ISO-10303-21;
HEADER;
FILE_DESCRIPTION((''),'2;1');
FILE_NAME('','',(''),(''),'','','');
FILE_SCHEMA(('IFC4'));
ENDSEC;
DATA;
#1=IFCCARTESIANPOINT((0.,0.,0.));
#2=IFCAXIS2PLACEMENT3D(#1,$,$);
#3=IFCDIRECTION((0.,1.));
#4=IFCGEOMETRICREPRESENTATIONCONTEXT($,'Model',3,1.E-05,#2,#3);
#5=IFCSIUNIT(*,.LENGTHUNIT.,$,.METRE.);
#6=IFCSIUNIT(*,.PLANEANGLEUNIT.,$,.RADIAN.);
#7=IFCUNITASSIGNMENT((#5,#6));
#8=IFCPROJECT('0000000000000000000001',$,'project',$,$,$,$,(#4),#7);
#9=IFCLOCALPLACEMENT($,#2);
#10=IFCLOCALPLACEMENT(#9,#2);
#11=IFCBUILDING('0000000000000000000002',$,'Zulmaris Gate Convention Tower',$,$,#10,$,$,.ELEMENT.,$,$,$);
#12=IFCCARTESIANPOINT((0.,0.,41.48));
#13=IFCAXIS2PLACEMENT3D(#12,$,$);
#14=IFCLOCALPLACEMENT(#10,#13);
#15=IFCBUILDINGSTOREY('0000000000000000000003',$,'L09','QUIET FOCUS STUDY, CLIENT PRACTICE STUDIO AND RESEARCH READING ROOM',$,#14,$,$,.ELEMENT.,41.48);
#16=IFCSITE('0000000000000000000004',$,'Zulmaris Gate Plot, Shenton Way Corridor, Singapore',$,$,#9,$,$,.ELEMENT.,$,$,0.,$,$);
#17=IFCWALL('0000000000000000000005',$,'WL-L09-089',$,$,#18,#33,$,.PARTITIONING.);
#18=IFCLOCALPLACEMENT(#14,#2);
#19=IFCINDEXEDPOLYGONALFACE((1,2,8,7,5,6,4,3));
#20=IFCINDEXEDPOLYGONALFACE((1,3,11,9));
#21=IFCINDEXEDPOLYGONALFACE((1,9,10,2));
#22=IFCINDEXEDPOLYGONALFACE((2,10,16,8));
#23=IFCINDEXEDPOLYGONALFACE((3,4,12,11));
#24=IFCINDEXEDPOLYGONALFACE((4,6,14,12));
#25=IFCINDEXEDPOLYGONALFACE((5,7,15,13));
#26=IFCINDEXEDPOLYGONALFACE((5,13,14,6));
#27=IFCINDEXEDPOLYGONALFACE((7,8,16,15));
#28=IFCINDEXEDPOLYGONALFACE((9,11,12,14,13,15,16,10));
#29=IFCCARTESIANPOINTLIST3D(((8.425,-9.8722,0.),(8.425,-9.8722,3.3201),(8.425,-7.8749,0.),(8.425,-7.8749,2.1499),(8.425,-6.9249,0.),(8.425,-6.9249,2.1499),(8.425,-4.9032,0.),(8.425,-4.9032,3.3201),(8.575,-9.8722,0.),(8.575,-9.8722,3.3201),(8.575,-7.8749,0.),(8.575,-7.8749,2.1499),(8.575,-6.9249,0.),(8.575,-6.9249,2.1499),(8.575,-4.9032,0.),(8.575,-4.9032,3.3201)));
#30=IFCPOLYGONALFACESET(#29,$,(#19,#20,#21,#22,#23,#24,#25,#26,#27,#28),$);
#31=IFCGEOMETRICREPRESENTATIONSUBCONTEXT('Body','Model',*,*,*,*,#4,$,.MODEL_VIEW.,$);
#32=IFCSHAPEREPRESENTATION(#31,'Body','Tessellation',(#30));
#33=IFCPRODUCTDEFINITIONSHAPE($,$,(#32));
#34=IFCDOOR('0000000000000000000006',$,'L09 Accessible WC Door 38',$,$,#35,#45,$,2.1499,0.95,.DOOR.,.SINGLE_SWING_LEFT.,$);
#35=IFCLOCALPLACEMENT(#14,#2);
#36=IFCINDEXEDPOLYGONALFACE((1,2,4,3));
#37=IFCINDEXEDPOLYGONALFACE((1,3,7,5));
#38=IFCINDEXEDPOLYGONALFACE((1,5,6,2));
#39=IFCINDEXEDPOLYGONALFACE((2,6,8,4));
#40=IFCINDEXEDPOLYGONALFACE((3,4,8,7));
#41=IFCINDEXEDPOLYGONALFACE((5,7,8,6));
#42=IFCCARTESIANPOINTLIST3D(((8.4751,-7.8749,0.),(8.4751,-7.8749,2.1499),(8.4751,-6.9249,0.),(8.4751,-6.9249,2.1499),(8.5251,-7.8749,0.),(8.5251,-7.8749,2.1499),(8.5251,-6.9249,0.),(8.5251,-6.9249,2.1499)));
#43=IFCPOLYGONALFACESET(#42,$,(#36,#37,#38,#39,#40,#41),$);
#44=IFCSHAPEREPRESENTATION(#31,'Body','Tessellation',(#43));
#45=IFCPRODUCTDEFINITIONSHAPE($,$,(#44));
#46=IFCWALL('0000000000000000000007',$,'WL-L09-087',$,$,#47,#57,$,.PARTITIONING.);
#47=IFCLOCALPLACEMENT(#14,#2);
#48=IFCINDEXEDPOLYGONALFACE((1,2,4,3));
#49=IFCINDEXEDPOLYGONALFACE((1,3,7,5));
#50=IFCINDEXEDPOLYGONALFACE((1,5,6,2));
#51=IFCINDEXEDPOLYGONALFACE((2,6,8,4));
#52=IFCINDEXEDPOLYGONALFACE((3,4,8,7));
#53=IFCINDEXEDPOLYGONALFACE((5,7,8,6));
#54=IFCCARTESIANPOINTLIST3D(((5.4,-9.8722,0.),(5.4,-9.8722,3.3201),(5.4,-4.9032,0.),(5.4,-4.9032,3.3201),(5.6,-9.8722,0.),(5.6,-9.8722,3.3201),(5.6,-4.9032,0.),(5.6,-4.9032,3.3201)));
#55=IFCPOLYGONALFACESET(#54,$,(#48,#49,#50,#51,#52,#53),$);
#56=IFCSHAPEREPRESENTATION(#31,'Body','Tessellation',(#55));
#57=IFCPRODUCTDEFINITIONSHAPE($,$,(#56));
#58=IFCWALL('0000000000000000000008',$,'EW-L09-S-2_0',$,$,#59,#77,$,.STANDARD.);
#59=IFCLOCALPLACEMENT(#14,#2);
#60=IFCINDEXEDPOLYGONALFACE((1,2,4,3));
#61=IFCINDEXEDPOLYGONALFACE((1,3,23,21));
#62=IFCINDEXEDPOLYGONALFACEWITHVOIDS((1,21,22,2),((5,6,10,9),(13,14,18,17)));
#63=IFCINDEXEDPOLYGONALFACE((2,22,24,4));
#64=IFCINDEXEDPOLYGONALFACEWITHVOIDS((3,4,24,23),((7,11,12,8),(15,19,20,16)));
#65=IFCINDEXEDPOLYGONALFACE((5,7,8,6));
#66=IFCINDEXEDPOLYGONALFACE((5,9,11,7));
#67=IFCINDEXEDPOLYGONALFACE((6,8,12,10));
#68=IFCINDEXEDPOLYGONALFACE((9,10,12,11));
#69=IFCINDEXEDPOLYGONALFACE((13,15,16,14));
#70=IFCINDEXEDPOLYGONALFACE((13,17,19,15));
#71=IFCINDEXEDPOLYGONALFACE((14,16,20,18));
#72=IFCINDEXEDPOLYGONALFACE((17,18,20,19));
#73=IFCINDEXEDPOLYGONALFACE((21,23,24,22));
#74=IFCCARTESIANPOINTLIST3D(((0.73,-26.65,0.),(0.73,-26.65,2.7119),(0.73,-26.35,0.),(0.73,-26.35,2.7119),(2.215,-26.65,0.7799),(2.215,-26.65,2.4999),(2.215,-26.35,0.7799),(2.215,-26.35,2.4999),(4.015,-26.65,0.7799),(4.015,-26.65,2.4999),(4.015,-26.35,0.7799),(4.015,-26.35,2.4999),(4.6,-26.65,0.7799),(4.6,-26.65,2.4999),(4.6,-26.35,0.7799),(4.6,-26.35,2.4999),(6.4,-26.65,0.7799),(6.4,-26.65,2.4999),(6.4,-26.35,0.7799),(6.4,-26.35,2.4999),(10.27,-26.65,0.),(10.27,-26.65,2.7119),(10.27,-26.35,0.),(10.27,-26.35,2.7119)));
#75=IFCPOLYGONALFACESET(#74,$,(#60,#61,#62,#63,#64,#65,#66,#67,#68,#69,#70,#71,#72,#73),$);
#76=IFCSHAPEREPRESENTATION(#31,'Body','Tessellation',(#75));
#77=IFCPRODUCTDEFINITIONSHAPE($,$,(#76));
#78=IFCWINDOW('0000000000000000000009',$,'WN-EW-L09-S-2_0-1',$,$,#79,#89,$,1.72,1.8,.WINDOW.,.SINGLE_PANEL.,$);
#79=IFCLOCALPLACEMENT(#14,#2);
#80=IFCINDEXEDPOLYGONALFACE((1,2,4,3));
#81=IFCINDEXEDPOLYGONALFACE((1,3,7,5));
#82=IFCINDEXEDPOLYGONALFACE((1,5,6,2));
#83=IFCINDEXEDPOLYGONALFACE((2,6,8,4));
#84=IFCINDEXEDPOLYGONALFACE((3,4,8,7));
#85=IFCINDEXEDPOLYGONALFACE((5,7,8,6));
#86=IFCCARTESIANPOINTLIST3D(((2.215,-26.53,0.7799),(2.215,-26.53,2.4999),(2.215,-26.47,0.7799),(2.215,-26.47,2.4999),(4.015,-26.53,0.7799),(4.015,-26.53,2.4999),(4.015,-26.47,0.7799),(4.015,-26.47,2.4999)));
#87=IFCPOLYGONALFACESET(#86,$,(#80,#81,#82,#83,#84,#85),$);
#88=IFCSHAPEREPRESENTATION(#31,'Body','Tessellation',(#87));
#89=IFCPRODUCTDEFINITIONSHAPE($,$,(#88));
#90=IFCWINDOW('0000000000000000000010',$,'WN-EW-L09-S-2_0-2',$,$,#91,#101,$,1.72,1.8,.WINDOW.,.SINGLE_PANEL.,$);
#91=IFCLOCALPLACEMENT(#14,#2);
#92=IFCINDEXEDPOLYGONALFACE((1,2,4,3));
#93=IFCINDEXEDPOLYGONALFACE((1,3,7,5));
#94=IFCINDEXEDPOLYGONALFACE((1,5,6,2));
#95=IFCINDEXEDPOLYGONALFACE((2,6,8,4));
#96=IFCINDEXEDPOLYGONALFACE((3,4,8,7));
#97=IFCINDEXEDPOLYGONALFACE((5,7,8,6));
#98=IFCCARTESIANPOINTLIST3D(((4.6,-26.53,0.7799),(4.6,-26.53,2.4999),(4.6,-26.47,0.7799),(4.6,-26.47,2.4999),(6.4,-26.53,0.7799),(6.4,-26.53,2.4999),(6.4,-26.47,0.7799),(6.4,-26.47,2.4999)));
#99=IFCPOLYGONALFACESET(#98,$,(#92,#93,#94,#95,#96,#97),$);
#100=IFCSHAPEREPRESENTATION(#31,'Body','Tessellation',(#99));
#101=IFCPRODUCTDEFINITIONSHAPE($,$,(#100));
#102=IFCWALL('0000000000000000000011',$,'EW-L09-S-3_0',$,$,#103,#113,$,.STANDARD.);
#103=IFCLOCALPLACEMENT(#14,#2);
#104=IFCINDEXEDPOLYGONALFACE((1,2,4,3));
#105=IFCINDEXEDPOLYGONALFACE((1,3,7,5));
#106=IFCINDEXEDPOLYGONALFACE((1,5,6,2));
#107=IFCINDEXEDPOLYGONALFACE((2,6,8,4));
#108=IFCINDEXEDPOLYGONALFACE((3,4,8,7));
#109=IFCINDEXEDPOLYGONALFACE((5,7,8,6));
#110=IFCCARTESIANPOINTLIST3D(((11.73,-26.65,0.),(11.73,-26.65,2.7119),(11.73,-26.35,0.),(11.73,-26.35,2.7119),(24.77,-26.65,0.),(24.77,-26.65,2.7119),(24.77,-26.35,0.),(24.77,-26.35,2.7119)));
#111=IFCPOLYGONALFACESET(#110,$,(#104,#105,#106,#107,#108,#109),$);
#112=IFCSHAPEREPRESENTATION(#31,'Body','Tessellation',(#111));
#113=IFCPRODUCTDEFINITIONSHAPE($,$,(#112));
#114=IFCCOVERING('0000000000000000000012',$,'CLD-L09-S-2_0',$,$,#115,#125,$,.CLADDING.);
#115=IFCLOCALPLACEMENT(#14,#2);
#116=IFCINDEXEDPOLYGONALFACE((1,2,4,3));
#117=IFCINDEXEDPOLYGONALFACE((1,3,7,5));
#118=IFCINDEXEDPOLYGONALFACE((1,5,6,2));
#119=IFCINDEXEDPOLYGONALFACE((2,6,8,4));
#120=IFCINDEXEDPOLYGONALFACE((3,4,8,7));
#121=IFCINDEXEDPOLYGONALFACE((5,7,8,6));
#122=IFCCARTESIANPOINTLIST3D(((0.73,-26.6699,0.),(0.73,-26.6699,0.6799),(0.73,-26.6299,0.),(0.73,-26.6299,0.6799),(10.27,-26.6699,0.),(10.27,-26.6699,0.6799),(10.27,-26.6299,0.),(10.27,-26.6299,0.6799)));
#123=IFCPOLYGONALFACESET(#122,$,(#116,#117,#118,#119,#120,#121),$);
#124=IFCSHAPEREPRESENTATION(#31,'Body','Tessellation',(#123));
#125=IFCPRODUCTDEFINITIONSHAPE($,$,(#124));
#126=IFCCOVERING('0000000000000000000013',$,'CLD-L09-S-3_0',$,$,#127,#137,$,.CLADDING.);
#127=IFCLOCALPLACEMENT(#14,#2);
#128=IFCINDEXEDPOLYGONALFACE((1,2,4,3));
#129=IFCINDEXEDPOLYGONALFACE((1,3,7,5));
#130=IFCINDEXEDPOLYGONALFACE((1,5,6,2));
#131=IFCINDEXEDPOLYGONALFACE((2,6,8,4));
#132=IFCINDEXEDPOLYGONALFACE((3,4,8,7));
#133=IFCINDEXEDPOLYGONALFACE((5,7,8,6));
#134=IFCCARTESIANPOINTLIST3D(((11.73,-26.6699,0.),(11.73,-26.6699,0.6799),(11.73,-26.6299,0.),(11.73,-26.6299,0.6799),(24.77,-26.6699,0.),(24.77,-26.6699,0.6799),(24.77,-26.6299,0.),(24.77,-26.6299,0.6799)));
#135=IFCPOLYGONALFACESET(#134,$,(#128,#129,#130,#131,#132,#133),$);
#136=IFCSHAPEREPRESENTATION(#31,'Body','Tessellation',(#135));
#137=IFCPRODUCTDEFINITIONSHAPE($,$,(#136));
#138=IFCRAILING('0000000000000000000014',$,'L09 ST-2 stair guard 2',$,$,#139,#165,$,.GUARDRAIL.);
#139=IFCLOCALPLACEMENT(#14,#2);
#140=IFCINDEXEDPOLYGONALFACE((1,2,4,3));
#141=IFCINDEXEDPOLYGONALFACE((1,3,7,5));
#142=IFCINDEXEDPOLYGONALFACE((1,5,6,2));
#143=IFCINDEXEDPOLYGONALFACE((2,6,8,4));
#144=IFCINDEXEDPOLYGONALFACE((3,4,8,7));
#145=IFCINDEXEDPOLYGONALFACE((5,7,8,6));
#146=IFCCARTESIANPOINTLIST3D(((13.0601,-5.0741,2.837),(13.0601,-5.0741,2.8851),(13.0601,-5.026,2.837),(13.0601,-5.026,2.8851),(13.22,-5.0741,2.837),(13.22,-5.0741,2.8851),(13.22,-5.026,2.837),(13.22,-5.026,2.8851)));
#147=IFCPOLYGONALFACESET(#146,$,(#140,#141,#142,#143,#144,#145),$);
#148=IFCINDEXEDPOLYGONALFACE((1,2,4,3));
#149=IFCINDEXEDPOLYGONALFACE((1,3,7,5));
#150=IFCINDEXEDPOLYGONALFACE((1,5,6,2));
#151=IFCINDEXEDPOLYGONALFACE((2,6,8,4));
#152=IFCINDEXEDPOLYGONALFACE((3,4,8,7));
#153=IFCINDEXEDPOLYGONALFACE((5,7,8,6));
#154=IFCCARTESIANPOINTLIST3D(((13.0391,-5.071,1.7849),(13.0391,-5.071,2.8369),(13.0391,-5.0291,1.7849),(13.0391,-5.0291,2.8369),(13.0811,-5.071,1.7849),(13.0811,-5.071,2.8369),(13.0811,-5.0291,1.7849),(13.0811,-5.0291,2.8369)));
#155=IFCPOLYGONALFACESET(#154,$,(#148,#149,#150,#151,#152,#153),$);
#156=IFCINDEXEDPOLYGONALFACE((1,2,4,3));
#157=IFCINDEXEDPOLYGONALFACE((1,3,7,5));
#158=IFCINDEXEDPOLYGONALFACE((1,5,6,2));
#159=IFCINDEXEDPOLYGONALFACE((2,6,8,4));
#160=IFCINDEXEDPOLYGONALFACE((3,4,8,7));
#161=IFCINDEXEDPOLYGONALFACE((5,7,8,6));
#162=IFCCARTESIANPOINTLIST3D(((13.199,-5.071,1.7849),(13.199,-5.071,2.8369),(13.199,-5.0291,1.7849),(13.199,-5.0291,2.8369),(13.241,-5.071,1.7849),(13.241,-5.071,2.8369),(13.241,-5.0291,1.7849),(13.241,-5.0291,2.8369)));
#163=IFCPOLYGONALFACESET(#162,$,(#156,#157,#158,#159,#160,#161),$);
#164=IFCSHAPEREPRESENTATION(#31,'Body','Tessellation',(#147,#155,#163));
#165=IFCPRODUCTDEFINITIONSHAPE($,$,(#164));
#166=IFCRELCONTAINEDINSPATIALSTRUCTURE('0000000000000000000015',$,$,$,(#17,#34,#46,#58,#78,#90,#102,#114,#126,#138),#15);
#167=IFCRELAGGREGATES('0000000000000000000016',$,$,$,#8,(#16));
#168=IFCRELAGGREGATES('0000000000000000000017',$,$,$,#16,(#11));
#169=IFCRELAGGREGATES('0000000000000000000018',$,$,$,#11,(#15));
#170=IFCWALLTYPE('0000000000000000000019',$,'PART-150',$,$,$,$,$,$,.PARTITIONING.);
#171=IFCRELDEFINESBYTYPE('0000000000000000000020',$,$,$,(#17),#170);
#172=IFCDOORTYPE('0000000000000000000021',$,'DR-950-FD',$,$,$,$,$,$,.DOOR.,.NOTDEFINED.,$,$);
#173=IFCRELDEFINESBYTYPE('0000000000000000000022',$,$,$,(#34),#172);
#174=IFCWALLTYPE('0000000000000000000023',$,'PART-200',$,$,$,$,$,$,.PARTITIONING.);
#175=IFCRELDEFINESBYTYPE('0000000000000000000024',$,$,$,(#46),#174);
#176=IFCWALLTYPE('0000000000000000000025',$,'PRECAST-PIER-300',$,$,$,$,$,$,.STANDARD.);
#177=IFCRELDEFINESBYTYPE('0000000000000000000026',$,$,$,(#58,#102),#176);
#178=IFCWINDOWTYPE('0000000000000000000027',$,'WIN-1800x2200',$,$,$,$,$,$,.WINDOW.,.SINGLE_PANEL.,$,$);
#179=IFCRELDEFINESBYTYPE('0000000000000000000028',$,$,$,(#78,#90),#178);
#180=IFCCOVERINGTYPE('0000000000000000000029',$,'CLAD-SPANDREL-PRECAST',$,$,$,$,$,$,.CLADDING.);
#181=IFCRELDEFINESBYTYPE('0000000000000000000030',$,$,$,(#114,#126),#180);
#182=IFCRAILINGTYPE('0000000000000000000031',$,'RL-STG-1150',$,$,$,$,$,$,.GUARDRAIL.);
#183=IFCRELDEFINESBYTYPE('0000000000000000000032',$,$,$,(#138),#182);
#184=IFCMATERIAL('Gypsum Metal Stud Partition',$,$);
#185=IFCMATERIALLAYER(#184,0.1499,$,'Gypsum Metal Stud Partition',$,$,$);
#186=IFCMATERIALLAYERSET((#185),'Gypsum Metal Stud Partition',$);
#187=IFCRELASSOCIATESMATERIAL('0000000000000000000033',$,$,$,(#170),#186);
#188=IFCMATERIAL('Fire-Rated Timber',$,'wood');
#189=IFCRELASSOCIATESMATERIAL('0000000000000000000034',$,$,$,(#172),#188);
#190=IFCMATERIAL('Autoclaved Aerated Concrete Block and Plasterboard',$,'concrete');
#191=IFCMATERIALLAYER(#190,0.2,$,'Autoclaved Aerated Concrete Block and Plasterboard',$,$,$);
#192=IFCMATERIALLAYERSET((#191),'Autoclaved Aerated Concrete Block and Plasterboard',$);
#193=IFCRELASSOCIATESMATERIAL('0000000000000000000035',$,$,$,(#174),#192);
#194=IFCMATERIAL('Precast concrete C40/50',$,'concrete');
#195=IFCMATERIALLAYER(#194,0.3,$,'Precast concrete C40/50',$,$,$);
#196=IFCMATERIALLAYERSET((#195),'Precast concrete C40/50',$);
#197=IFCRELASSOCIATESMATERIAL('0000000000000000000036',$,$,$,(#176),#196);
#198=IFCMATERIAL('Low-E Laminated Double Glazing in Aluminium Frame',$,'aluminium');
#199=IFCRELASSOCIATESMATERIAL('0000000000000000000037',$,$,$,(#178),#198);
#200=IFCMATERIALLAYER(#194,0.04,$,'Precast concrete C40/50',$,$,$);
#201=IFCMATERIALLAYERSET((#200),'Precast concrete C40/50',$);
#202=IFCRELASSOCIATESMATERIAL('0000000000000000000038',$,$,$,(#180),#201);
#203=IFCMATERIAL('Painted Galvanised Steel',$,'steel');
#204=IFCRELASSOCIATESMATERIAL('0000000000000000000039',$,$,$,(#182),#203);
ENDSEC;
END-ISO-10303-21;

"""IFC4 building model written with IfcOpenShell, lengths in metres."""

from ifc_helpers import new_model, si_unit, direction, frame, frame_2d, origin, origin_2d, place, context, subcontext, project, spatial, rectangle, extrude, material, layer, layer_set, type_object, element, fill, save


model = new_model("IFC4")

# Units and contexts
model_context = context("Model", 3, precision=1e-05, world=origin(), true_north=direction((0.0, 1.0)))
body_context = subcontext(model_context, "Body", "Model", "MODEL_VIEW")
ifc_project = project(units=[si_unit("LENGTHUNIT", "METRE"), si_unit("PLANEANGLEUNIT", "RADIAN")], contexts=[model_context])

# Site, building, storey
site_placement = place(None, origin())
site = spatial("IfcSite", under=ifc_project, at=site_placement, Name="Zulmaris Gate Plot, Shenton Way Corridor, Singapore", CompositionType="ELEMENT", RefElevation=0.0)
building_placement = place(site_placement, origin())
building = spatial("IfcBuilding", under=site, at=building_placement, Name="Zulmaris Gate Convention Tower", CompositionType="ELEMENT")
storey_placement = place(building_placement, frame((0.0, 0.0, 41.48)))
storey = spatial("IfcBuildingStorey", under=building, at=storey_placement, Name="L09", Description="QUIET FOCUS STUDY, CLIENT PRACTICE STUDIO AND RESEARCH READING ROOM", CompositionType="ELEMENT", Elevation=41.48)

# Shared definitions
ifc_material_1 = material(Name="Gypsum Metal Stud Partition")
ifc_layer_1 = layer(ifc_material_1, 0.1499, Name="Gypsum Metal Stud Partition")
ifc_layer_set_1 = layer_set([ifc_layer_1], Name="Gypsum Metal Stud Partition")
wall_type_1 = type_object("IfcWallType", Name="PART-150", PredefinedType="PARTITIONING", material=ifc_layer_set_1)

# Wall, opening, door
wall_1_placement = place(storey_placement, frame((8.5, -9.8721, 0.0), z_axis=(0.0, 0.0, 1.0), x_axis=(0.0, 1.0, 0.0)))
wall_1 = element("IfcWall", 1, at=wall_1_placement, inside=storey, type_object=wall_type_1, Name="WL-L09-089", PredefinedType="PARTITIONING", context=body_context, shape_type="SweptSolid", body=[
    extrude(rectangle(XDim=4.969, YDim=0.1499, at=frame_2d((2.4844, 0.0))), origin(), (0.0, 0.0, 1.0), 3.3201),
])
opening_1_placement = place(wall_1_placement, frame((1.9971, 0.0, 0.0)))
opening_1 = element("IfcOpeningElement", 2, at=opening_1_placement, cuts=wall_1, PredefinedType="OPENING", context=body_context, shape_type="SweptSolid", body=[
    extrude(rectangle(XDim=0.95, YDim=2.1499, at=frame_2d((0.4751, 1.075))), frame((0.0, 0.085, 0.0), z_axis=(0.0, -1.0, 0.0), x_axis=(1.0, 0.0, 0.0)), (0.0, 0.0, 1.0), 0.1699),
])
ifc_material_2 = material(Name="Fire-Rated Timber", Category="wood")
door_type = type_object("IfcDoorType", Name="DR-950-FD", OperationType="NOTDEFINED", PredefinedType="DOOR", material=ifc_material_2)
door_1_placement = place(opening_1_placement, origin())
door_1 = element("IfcDoor", 3, at=door_1_placement, inside=storey, type_object=door_type, Name="L09 Accessible WC Door 38", OperationType="SINGLE_SWING_LEFT", OverallHeight=2.1499, OverallWidth=0.95, PredefinedType="DOOR", context=body_context, shape_type="SweptSolid", body=[
    extrude(rectangle(XDim=0.95, YDim=2.1499, at=frame_2d((0.4751, 1.075))), frame((0.0, 0.0249, 0.0), z_axis=(0.0, -1.0, 0.0), x_axis=(1.0, 0.0, 0.0)), (0.0, 0.0, 1.0), 0.05),
])
fill(opening_1, door_1)

# Wall
ifc_material_3 = material(Name="Autoclaved Aerated Concrete Block and Plasterboard", Category="concrete")
ifc_layer_2 = layer(ifc_material_3, 0.2, Name="Autoclaved Aerated Concrete Block and Plasterboard")
ifc_layer_set_2 = layer_set([ifc_layer_2], Name="Autoclaved Aerated Concrete Block and Plasterboard")
wall_type_2 = type_object("IfcWallType", Name="PART-200", PredefinedType="PARTITIONING", material=ifc_layer_set_2)
wall_2_placement = place(storey_placement, frame((5.5, -9.8721, 0.0), z_axis=(0.0, 0.0, 1.0), x_axis=(0.0, 1.0, 0.0)))
element("IfcWall", 4, at=wall_2_placement, inside=storey, type_object=wall_type_2, Name="WL-L09-087", PredefinedType="PARTITIONING", context=body_context, shape_type="SweptSolid", body=[
    extrude(rectangle(XDim=4.969, YDim=0.2, at=frame_2d((2.4844, 0.0))), origin(), (0.0, 0.0, 1.0), 3.3201),
])

# Wall, openings, windows
ifc_material_4 = material(Name="Precast concrete C40/50", Category="concrete")
ifc_layer_3 = layer(ifc_material_4, 0.3, Name="Precast concrete C40/50")
ifc_layer_set_3 = layer_set([ifc_layer_3], Name="Precast concrete C40/50")
wall_type_3 = type_object("IfcWallType", Name="PRECAST-PIER-300", PredefinedType="STANDARD", material=ifc_layer_set_3)
wall_3_placement = place(storey_placement, frame((0.73, -26.5, 0.0), z_axis=(0.0, 0.0, 1.0), x_axis=(1.0, 0.0, 0.0)))
wall_3 = element("IfcWall", 5, at=wall_3_placement, inside=storey, type_object=wall_type_3, Name="EW-L09-S-2_0", PredefinedType="STANDARD", context=body_context, shape_type="SweptSolid", body=[
    extrude(rectangle(XDim=9.54, YDim=0.3, at=frame_2d((4.77, 0.0))), origin(), (0.0, 0.0, 1.0), 2.7119),
])
opening_2_placement = place(wall_3_placement, frame((1.4851, 0.0, 0.78)))
opening_2 = element("IfcOpeningElement", 6, at=opening_2_placement, cuts=wall_3, PredefinedType="OPENING", context=body_context, shape_type="SweptSolid", body=[
    extrude(rectangle(XDim=1.8, YDim=1.72, at=frame_2d((0.8999, 0.8599))), frame((0.0, 0.1602, 0.0), z_axis=(0.0, -1.0, 0.0), x_axis=(1.0, 0.0, 0.0)), (0.0, 0.0, 1.0), 0.3201),
])
opening_3_placement = place(wall_3_placement, frame((3.8701, 0.0, 0.78)))
opening_3 = element("IfcOpeningElement", 7, at=opening_3_placement, cuts=wall_3, PredefinedType="OPENING", context=body_context, shape_type="SweptSolid", body=[
    extrude(rectangle(XDim=1.8, YDim=1.72, at=frame_2d((0.8999, 0.8599))), frame((0.0, 0.1602, 0.0), z_axis=(0.0, -1.0, 0.0), x_axis=(1.0, 0.0, 0.0)), (0.0, 0.0, 1.0), 0.3201),
])
ifc_material_5 = material(Name="Low-E Laminated Double Glazing in Aluminium Frame", Category="aluminium")
window_type = type_object("IfcWindowType", Name="WIN-1800x2200", PartitioningType="SINGLE_PANEL", PredefinedType="WINDOW", material=ifc_material_5)
window_1_placement = place(opening_2_placement, origin())
window_1 = element("IfcWindow", 8, at=window_1_placement, inside=storey, type_object=window_type, Name="WN-EW-L09-S-2_0-1", OverallHeight=1.72, OverallWidth=1.8, PartitioningType="SINGLE_PANEL", PredefinedType="WINDOW", context=body_context, shape_type="SweptSolid", body=[
    extrude(rectangle(XDim=1.8, YDim=1.72, at=frame_2d((0.8999, 0.8599))), frame((0.0, 0.03, 0.0), z_axis=(0.0, -1.0, 0.0), x_axis=(1.0, 0.0, 0.0)), (0.0, 0.0, 1.0), 0.0601),
])
fill(opening_2, window_1)
window_2_placement = place(opening_3_placement, origin())
window_2 = element("IfcWindow", 9, at=window_2_placement, inside=storey, type_object=window_type, Name="WN-EW-L09-S-2_0-2", OverallHeight=1.72, OverallWidth=1.8, PartitioningType="SINGLE_PANEL", PredefinedType="WINDOW", context=body_context, shape_type="SweptSolid", body=[
    extrude(rectangle(XDim=1.8, YDim=1.72, at=frame_2d((0.8999, 0.8599))), frame((0.0, 0.03, 0.0), z_axis=(0.0, -1.0, 0.0), x_axis=(1.0, 0.0, 0.0)), (0.0, 0.0, 1.0), 0.0601),
])
fill(opening_3, window_2)

# Wall
wall_4_placement = place(storey_placement, frame((11.73, -26.5, 0.0), z_axis=(0.0, 0.0, 1.0), x_axis=(1.0, 0.0, 0.0)))
element("IfcWall", 10, at=wall_4_placement, inside=storey, type_object=wall_type_3, Name="EW-L09-S-3_0", PredefinedType="STANDARD", context=body_context, shape_type="SweptSolid", body=[
    extrude(rectangle(XDim=13.04, YDim=0.3, at=frame_2d((6.52, 0.0))), origin(), (0.0, 0.0, 1.0), 2.7119),
])

# Coverings
ifc_layer_4 = layer(ifc_material_4, 0.04, Name="Precast concrete C40/50")
ifc_layer_set_4 = layer_set([ifc_layer_4], Name="Precast concrete C40/50")
covering_type = type_object("IfcCoveringType", Name="CLAD-SPANDREL-PRECAST", PredefinedType="CLADDING", material=ifc_layer_set_4)
covering_1_placement = place(storey_placement, frame((0.73, -26.6499, 0.0), z_axis=(0.0, 0.0, 1.0), x_axis=(1.0, 0.0, 0.0)))
element("IfcCovering", 11, at=covering_1_placement, inside=storey, type_object=covering_type, Name="CLD-L09-S-2_0", PredefinedType="CLADDING", context=body_context, shape_type="SweptSolid", body=[
    extrude(rectangle(XDim=9.54, YDim=0.04, at=frame_2d((4.77, 0.0))), origin(), (0.0, 0.0, 1.0), 0.6799),
])
covering_2_placement = place(storey_placement, frame((11.73, -26.6499, 0.0), z_axis=(0.0, 0.0, 1.0), x_axis=(1.0, 0.0, 0.0)))
element("IfcCovering", 12, at=covering_2_placement, inside=storey, type_object=covering_type, Name="CLD-L09-S-3_0", PredefinedType="CLADDING", context=body_context, shape_type="SweptSolid", body=[
    extrude(rectangle(XDim=13.04, YDim=0.04, at=frame_2d((6.52, 0.0))), origin(), (0.0, 0.0, 1.0), 0.6799),
])

# Railing
ifc_material_6 = material(Name="Painted Galvanised Steel", Category="steel")
railing_type_1 = type_object("IfcRailingType", Name="RL-STG-1150", PredefinedType="GUARDRAIL", material=ifc_material_6)
railing_1_placement = place(storey_placement, frame((13.0601, -5.05, 1.7849)))
element("IfcRailing", 13, at=railing_1_placement, inside=storey, type_object=railing_type_1, Name="L09 ST-2 stair guard 2", PredefinedType="GUARDRAIL", context=body_context, shape_type="SweptSolid", body=[
    extrude(rectangle(XDim=0.0481, YDim=0.0481, at=origin_2d()), frame((0.0, 0.0, 1.0762), z_axis=(1.0, 0.0, 0.0), x_axis=(0.0, 1.0, 0.0)), (0.0, 0.0, 1.0), 0.1599),
    extrude(rectangle(XDim=0.042, YDim=0.042, at=origin_2d()), origin(), (0.0, 0.0, 1.0), 1.052),
    extrude(rectangle(XDim=0.042, YDim=0.042, at=origin_2d()), frame((0.1599, 0.0, 0.0)), (0.0, 0.0, 1.0), 1.052),
])

save(model, "model.ifc")
